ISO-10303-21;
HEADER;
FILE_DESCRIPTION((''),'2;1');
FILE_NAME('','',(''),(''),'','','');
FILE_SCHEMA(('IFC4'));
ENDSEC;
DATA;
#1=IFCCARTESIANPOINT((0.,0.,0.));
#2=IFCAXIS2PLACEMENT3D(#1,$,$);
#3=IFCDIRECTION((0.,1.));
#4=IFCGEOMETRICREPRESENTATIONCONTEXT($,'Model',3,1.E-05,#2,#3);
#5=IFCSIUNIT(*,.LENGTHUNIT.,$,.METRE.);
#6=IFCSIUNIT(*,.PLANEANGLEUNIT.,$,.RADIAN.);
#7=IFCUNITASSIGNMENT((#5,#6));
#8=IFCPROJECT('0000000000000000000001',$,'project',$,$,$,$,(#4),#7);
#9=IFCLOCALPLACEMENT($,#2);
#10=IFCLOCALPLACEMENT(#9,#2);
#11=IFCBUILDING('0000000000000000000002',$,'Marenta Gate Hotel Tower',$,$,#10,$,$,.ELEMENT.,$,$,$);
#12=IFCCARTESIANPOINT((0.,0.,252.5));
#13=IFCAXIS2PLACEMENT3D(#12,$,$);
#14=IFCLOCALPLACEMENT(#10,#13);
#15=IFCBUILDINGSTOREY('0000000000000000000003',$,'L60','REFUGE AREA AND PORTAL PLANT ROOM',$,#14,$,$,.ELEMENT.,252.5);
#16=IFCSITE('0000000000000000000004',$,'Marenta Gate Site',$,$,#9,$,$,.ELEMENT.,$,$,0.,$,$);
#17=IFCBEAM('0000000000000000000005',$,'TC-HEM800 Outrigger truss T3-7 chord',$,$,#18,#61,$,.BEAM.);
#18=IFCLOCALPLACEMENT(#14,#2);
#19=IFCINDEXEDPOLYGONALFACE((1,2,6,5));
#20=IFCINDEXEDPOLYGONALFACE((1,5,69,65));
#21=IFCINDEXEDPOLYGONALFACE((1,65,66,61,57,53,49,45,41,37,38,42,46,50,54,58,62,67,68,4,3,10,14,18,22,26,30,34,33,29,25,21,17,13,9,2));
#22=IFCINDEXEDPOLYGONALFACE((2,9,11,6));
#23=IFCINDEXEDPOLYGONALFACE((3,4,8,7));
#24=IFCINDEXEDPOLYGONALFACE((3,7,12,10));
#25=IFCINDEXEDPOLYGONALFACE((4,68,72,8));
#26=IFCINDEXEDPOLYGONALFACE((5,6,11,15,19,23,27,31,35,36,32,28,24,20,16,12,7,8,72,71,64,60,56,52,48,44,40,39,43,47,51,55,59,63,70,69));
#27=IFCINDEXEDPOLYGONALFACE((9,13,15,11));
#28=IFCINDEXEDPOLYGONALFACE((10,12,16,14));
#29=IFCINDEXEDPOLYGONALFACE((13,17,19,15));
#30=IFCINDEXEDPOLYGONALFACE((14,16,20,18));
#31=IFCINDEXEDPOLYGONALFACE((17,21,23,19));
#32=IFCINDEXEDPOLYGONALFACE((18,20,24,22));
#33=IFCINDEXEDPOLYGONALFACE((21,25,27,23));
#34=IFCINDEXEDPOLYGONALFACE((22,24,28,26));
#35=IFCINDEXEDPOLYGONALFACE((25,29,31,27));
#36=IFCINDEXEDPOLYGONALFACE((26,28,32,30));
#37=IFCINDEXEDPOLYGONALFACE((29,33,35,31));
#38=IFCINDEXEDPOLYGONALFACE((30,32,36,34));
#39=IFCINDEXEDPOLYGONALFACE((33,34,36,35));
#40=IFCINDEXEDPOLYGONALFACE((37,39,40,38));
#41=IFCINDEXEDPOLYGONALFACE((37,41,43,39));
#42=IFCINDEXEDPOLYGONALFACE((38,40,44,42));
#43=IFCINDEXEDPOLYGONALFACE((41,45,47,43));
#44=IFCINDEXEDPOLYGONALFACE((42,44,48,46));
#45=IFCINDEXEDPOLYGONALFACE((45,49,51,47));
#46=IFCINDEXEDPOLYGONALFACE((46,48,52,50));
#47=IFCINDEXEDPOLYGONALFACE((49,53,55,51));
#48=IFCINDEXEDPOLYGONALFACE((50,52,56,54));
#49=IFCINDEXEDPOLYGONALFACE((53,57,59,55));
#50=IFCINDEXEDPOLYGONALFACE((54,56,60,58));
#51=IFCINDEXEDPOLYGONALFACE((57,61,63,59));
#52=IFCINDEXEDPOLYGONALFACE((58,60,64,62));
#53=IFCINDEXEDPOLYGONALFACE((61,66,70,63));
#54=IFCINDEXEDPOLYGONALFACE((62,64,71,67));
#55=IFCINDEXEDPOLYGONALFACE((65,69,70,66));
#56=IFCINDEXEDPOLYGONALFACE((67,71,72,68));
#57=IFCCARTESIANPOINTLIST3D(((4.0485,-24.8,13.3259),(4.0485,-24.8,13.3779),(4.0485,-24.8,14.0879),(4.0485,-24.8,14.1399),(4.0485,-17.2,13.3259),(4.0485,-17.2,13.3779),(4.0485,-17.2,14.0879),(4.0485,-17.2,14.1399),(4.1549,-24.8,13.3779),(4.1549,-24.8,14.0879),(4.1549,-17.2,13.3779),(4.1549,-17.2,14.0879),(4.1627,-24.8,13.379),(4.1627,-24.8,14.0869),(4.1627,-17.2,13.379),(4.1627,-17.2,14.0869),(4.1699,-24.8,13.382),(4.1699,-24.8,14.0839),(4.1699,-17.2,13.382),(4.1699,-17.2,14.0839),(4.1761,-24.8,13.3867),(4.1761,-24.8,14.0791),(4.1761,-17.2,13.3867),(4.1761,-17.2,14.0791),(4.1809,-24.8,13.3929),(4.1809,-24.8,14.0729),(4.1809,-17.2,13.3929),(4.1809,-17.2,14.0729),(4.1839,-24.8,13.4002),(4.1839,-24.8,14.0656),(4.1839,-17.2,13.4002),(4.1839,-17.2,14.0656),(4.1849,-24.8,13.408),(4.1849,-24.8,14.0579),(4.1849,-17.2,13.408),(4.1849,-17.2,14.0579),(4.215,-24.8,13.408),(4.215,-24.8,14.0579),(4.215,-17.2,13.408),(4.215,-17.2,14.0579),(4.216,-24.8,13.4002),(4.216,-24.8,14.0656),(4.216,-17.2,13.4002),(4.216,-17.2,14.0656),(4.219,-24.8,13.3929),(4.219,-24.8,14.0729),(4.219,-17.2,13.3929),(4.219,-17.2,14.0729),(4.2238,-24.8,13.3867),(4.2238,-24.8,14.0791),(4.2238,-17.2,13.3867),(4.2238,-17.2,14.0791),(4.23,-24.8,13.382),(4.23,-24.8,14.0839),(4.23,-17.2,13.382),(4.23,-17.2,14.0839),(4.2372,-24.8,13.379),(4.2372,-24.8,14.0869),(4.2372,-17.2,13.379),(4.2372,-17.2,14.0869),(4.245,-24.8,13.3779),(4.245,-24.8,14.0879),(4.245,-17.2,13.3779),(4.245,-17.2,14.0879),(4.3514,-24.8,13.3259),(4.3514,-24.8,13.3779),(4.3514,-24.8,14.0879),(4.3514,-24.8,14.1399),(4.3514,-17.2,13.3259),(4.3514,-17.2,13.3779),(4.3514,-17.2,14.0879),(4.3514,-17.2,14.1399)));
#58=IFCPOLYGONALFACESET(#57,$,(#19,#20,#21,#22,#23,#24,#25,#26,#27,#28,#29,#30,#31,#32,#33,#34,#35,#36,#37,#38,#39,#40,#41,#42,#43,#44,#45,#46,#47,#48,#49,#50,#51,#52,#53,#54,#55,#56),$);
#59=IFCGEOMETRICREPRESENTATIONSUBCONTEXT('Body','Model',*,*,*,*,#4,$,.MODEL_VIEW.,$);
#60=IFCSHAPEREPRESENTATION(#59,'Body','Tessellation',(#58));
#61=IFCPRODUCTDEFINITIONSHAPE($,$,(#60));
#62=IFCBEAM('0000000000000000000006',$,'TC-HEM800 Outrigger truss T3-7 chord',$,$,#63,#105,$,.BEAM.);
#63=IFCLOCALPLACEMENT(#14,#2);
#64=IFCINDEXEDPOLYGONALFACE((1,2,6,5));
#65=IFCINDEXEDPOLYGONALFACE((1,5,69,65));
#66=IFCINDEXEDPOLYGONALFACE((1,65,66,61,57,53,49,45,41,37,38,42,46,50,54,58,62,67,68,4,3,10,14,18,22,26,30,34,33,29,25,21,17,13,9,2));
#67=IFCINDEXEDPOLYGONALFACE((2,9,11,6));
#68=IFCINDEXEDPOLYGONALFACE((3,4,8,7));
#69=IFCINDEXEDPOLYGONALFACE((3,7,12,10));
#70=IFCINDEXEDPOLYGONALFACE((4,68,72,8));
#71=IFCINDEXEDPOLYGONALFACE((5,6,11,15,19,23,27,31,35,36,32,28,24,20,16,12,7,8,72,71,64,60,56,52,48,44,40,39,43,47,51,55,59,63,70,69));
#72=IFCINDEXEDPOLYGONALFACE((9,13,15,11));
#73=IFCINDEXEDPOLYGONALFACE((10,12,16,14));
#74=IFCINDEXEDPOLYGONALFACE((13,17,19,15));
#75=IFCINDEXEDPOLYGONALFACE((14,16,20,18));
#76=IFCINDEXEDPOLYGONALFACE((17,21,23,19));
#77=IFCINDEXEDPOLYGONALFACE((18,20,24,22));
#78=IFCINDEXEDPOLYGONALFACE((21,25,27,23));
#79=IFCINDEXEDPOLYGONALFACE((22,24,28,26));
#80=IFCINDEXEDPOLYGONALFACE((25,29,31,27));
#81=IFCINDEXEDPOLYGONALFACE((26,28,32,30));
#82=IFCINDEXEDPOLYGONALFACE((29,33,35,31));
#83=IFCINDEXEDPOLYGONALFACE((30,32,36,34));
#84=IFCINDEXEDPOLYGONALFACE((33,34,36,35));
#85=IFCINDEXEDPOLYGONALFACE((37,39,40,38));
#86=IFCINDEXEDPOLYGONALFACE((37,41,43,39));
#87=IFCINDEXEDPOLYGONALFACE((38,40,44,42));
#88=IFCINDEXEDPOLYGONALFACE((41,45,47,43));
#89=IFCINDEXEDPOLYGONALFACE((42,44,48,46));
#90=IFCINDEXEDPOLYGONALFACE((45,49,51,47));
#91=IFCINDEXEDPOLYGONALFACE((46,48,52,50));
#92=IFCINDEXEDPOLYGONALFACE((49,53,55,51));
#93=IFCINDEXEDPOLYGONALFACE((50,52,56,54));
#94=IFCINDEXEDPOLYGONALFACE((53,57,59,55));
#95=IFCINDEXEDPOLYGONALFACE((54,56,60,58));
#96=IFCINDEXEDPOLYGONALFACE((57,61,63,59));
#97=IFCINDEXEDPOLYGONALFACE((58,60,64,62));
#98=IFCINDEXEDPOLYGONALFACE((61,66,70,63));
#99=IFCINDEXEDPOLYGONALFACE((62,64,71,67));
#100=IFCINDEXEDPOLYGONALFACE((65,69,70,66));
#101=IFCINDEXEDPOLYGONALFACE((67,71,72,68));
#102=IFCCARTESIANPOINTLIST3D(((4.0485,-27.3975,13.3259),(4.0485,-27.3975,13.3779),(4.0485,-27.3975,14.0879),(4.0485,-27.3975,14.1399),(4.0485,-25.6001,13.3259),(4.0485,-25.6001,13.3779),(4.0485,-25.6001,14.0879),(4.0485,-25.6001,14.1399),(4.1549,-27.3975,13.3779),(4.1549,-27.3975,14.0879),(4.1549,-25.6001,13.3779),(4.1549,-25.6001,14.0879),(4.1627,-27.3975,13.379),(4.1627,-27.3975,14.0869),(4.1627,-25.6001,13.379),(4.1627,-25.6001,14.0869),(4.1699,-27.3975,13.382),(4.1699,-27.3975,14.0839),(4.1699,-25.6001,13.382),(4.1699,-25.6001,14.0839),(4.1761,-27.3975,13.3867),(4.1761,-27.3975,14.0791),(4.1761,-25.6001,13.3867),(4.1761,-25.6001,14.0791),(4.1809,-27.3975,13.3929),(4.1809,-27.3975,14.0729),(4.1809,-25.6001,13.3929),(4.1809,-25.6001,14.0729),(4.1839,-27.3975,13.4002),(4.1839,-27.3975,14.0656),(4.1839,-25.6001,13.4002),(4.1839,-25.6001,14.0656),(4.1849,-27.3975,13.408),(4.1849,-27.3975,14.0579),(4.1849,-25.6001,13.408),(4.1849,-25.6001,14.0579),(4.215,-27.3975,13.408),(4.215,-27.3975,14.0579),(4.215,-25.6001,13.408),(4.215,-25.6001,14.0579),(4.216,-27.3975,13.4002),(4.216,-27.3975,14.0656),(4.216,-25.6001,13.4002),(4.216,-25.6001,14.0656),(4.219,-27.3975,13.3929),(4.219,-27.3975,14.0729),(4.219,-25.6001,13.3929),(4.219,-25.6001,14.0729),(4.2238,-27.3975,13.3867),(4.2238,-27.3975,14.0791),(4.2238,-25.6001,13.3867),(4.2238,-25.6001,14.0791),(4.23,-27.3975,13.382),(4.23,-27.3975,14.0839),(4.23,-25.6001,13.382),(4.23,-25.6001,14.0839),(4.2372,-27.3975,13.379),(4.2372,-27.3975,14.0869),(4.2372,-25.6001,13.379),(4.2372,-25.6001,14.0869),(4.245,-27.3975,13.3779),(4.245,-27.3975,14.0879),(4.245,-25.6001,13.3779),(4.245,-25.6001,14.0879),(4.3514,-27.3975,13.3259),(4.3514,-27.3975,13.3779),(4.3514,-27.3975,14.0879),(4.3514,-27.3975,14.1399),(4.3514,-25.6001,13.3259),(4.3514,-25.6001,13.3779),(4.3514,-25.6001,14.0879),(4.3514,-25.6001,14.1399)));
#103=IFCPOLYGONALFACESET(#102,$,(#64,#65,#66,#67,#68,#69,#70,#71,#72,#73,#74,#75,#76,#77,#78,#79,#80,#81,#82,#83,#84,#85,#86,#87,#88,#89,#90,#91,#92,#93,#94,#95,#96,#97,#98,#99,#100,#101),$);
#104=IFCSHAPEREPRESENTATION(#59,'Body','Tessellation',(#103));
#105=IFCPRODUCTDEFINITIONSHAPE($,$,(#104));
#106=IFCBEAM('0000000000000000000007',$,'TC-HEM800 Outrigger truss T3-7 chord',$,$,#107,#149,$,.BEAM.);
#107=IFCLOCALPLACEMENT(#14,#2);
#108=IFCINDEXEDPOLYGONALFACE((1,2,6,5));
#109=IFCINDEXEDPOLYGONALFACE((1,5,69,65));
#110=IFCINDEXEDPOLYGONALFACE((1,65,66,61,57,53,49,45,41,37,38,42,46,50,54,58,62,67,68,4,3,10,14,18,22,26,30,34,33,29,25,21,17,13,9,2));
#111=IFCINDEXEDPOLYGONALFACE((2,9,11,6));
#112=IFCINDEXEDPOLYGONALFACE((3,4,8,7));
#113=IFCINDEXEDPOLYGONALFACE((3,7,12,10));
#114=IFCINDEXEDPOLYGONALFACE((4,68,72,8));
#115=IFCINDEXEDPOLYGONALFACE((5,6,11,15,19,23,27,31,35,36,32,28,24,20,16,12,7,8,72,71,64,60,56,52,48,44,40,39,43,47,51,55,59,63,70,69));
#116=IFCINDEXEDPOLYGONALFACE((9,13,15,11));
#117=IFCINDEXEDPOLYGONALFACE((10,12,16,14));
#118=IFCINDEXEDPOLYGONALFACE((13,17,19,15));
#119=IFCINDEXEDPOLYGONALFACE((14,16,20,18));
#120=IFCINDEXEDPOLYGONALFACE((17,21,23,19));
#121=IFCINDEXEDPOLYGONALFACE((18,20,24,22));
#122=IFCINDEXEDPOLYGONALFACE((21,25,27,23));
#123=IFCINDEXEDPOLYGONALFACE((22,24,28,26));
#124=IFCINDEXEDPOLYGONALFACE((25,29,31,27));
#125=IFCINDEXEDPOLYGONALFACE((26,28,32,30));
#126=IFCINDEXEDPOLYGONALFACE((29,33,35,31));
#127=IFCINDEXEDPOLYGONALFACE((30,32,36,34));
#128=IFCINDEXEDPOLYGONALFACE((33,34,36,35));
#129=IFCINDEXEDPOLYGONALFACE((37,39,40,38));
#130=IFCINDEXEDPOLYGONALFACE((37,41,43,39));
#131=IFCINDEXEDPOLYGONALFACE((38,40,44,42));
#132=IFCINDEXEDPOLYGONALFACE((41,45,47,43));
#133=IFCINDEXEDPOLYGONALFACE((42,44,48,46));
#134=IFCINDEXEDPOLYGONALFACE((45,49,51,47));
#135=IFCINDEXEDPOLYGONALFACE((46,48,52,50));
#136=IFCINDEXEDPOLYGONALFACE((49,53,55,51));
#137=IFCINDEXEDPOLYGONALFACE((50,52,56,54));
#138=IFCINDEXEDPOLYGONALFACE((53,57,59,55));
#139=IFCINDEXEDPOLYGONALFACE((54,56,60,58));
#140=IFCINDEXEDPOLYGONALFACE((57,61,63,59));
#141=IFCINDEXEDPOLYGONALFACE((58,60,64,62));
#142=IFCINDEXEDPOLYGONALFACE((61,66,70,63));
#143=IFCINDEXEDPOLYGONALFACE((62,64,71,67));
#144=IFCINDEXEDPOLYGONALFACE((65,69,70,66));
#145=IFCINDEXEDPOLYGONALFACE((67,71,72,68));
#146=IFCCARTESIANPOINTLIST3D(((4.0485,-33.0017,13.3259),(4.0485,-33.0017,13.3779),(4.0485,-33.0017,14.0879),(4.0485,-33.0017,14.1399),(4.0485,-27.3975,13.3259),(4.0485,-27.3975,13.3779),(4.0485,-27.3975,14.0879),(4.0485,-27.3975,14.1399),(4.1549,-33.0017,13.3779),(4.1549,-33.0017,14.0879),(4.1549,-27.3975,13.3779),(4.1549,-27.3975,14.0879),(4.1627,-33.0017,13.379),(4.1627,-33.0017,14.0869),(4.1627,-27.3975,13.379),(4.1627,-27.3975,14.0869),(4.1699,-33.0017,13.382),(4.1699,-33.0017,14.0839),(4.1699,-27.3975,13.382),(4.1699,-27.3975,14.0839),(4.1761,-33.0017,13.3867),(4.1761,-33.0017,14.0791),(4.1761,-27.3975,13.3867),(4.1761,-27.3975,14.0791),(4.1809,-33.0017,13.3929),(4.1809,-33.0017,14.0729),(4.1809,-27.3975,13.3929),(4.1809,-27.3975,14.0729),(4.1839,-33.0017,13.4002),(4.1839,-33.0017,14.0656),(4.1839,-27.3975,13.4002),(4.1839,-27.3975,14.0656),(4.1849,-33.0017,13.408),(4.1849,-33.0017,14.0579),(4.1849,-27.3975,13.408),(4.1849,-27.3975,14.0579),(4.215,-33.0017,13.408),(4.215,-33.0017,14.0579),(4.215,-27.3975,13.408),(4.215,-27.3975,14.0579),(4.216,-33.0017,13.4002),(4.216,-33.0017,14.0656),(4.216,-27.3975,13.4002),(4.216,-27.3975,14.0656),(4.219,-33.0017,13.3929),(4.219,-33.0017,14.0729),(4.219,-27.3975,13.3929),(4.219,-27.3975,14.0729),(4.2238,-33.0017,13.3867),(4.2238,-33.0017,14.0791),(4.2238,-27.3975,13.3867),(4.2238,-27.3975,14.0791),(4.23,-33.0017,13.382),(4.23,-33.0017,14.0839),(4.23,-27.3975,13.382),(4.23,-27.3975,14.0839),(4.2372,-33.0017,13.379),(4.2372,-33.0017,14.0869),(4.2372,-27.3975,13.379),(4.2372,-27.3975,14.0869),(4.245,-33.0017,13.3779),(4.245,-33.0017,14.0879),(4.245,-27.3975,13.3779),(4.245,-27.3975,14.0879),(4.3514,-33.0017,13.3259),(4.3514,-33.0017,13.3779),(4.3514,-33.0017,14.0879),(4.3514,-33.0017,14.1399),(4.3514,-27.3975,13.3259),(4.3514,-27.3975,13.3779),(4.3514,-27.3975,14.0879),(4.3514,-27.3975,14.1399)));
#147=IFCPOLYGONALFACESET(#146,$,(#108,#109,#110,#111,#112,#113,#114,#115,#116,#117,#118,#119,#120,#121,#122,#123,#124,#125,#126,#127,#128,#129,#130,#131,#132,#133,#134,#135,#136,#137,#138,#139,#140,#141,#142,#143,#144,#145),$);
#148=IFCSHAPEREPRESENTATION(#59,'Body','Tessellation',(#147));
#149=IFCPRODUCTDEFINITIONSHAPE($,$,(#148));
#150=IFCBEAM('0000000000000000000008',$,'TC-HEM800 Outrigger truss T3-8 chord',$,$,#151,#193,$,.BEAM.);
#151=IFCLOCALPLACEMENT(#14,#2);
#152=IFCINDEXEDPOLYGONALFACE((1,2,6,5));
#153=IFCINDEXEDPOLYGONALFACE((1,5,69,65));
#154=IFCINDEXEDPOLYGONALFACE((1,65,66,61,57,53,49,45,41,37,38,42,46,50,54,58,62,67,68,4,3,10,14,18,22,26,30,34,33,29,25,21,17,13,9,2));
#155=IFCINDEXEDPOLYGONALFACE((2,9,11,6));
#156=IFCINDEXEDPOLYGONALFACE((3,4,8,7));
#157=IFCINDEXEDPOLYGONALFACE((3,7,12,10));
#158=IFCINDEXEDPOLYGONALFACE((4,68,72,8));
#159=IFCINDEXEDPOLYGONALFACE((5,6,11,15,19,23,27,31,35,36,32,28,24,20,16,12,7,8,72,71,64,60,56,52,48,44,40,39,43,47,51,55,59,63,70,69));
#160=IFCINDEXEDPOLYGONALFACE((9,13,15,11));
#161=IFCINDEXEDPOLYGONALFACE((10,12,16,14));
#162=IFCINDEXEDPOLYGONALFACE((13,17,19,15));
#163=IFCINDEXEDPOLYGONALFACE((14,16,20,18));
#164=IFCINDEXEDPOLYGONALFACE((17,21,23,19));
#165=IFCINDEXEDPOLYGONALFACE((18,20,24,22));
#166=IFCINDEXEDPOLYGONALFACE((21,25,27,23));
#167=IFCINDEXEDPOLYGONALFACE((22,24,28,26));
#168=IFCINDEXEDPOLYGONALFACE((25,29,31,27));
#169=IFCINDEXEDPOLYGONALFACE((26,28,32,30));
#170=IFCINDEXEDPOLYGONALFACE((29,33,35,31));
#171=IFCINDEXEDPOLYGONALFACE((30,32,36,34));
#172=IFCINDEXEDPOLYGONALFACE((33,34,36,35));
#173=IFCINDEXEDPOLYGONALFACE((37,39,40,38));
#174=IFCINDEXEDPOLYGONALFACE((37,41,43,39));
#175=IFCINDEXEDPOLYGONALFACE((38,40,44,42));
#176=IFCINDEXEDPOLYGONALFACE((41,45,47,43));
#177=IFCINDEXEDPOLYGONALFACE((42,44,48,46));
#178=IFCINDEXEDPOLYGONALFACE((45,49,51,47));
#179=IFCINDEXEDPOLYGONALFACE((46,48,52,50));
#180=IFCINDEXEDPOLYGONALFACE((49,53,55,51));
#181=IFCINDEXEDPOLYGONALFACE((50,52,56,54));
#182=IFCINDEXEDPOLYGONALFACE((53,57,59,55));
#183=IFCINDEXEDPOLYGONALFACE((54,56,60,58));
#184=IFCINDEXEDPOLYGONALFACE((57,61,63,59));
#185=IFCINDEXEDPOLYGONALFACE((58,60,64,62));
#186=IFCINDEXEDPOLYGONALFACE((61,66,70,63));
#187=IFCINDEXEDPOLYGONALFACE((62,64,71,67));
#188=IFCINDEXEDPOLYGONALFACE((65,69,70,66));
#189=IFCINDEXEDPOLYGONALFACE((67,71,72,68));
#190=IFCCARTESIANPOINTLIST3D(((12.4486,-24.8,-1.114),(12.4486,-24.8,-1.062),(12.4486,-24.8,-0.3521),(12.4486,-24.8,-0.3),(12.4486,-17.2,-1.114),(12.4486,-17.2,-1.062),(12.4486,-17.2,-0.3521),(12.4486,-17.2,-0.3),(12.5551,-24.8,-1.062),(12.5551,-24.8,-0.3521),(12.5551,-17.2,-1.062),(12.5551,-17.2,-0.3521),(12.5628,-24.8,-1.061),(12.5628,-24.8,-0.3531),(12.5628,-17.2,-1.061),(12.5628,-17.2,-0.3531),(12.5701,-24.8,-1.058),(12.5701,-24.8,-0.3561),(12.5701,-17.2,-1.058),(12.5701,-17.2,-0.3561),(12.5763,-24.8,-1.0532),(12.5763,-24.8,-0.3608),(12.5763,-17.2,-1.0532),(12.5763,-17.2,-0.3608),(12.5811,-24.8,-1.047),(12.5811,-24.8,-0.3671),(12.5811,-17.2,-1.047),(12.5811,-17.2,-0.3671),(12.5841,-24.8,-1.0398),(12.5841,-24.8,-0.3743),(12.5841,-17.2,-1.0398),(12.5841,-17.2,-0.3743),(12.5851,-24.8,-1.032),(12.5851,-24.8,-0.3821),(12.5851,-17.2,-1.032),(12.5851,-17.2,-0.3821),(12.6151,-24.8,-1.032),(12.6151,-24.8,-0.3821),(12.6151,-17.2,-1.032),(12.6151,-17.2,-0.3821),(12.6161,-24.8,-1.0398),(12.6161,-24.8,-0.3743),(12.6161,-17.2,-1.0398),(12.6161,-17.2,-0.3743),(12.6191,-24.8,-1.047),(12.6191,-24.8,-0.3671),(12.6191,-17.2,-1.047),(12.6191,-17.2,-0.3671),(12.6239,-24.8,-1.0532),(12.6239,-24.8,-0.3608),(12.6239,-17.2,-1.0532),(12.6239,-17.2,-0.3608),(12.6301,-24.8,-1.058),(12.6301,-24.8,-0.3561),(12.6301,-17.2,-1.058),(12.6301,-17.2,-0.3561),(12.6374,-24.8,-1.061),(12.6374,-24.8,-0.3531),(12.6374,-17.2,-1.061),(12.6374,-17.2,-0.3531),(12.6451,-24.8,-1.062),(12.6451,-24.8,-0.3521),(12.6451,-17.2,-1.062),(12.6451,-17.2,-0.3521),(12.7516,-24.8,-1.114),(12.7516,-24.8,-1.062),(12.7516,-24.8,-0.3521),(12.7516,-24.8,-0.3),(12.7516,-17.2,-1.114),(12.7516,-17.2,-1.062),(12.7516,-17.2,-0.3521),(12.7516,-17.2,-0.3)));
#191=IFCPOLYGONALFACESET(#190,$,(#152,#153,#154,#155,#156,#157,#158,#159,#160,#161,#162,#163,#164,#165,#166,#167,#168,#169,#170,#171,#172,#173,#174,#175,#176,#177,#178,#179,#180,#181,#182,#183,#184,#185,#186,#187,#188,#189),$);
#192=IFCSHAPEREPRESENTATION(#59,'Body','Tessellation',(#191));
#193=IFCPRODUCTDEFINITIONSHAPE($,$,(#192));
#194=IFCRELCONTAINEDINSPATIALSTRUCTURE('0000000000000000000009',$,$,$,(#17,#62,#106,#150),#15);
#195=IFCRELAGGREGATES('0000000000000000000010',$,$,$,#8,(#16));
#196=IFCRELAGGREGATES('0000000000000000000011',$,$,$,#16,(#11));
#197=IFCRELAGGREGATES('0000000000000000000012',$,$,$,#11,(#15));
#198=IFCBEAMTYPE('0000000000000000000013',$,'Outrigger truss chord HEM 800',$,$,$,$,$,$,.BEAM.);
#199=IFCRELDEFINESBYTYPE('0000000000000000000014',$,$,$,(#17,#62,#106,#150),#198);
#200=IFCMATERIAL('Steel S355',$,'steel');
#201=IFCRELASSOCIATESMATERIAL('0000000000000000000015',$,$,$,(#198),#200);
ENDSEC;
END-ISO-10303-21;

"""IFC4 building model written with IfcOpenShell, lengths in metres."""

from ifc_helpers import new_model, si_unit, direction, frame, origin, origin_2d, place, context, subcontext, project, spatial, i_section, extrude, material, material_profile, profile_set, type_object, element, save


model = new_model("IFC4")

# Units and contexts
model_context = context("Model", 3, precision=1e-05, world=origin(), true_north=direction((0.0, 1.0)))
body_context = subcontext(model_context, "Body", "Model", "MODEL_VIEW")
ifc_project = project(units=[si_unit("LENGTHUNIT", "METRE"), si_unit("PLANEANGLEUNIT", "RADIAN")], contexts=[model_context])

# Site, building, storey
site_placement = place(None, origin())
site = spatial("IfcSite", under=ifc_project, at=site_placement, Name="Marenta Gate Site", CompositionType="ELEMENT", RefElevation=0.0)
building_placement = place(site_placement, origin())
building = spatial("IfcBuilding", under=site, at=building_placement, Name="Marenta Gate Hotel Tower", CompositionType="ELEMENT")
storey_placement = place(building_placement, frame((0.0, 0.0, 252.5)))
storey = spatial("IfcBuildingStorey", under=building, at=storey_placement, Name="L60", Description="REFUGE AREA AND PORTAL PLANT ROOM", CompositionType="ELEMENT", Elevation=252.5)

# Beams
ifc_material_1 = material(Name="Steel S355", Category="steel")
ifc_material_profile_1 = material_profile(ifc_material_1, i_section(OverallWidth=0.303, OverallDepth=0.814, WebThickness=0.03, FlangeThickness=0.052, FilletRadius=0.03, at=origin_2d()), Name="HEM 800")
ifc_profile_set_1 = profile_set([ifc_material_profile_1], Name="Steel S355")
beam_type_1 = type_object("IfcBeamType", Name="Outrigger truss chord HEM 800", PredefinedType="BEAM", material=ifc_profile_set_1)
beam_1_placement = place(storey_placement, frame((4.2, -17.2, 13.7329), z_axis=(0.0, -1.0, 0.0), x_axis=(1.0, 0.0, 0.0)))
element("IfcBeam", 1, at=beam_1_placement, inside=storey, type_object=beam_type_1, Name="TC-HEM800 Outrigger truss T3-7 chord", PredefinedType="BEAM", context=body_context, shape_type="SweptSolid", body=[
    extrude(i_section(OverallWidth=0.303, OverallDepth=0.814, WebThickness=0.03, FlangeThickness=0.052, FilletRadius=0.03, at=origin_2d()), origin(), (0.0, 0.0, 1.0), 7.6001),
])
beam_2_placement = place(storey_placement, frame((4.2, -25.6001, 13.7329), z_axis=(0.0, -1.0, 0.0), x_axis=(1.0, 0.0, 0.0)))
element("IfcBeam", 2, at=beam_2_placement, inside=storey, type_object=beam_type_1, Name="TC-HEM800 Outrigger truss T3-7 chord", PredefinedType="BEAM", context=body_context, shape_type="SweptSolid", body=[
    extrude(i_section(OverallWidth=0.303, OverallDepth=0.814, WebThickness=0.03, FlangeThickness=0.052, FilletRadius=0.03, at=origin_2d()), origin(), (0.0, 0.0, 1.0), 1.7974),
])
beam_3_placement = place(storey_placement, frame((4.2, -27.3975, 13.7329), z_axis=(0.0, -1.0, 0.0), x_axis=(1.0, 0.0, 0.0)))
element("IfcBeam", 3, at=beam_3_placement, inside=storey, type_object=beam_type_1, Name="TC-HEM800 Outrigger truss T3-7 chord", PredefinedType="BEAM", context=body_context, shape_type="SweptSolid", body=[
    extrude(i_section(OverallWidth=0.303, OverallDepth=0.814, WebThickness=0.03, FlangeThickness=0.052, FilletRadius=0.03, at=origin_2d()), origin(), (0.0, 0.0, 1.0), 5.6042),
])
beam_4_placement = place(storey_placement, frame((12.6001, -17.2, -0.707), z_axis=(0.0, -1.0, 0.0), x_axis=(1.0, 0.0, 0.0)))
element("IfcBeam", 4, at=beam_4_placement, inside=storey, type_object=beam_type_1, Name="TC-HEM800 Outrigger truss T3-8 chord", PredefinedType="BEAM", context=body_context, shape_type="SweptSolid", body=[
    extrude(i_section(OverallWidth=0.303, OverallDepth=0.814, WebThickness=0.03, FlangeThickness=0.052, FilletRadius=0.03, at=origin_2d()), origin(), (0.0, 0.0, 1.0), 7.6001),
])

save(model, "model.ifc")
